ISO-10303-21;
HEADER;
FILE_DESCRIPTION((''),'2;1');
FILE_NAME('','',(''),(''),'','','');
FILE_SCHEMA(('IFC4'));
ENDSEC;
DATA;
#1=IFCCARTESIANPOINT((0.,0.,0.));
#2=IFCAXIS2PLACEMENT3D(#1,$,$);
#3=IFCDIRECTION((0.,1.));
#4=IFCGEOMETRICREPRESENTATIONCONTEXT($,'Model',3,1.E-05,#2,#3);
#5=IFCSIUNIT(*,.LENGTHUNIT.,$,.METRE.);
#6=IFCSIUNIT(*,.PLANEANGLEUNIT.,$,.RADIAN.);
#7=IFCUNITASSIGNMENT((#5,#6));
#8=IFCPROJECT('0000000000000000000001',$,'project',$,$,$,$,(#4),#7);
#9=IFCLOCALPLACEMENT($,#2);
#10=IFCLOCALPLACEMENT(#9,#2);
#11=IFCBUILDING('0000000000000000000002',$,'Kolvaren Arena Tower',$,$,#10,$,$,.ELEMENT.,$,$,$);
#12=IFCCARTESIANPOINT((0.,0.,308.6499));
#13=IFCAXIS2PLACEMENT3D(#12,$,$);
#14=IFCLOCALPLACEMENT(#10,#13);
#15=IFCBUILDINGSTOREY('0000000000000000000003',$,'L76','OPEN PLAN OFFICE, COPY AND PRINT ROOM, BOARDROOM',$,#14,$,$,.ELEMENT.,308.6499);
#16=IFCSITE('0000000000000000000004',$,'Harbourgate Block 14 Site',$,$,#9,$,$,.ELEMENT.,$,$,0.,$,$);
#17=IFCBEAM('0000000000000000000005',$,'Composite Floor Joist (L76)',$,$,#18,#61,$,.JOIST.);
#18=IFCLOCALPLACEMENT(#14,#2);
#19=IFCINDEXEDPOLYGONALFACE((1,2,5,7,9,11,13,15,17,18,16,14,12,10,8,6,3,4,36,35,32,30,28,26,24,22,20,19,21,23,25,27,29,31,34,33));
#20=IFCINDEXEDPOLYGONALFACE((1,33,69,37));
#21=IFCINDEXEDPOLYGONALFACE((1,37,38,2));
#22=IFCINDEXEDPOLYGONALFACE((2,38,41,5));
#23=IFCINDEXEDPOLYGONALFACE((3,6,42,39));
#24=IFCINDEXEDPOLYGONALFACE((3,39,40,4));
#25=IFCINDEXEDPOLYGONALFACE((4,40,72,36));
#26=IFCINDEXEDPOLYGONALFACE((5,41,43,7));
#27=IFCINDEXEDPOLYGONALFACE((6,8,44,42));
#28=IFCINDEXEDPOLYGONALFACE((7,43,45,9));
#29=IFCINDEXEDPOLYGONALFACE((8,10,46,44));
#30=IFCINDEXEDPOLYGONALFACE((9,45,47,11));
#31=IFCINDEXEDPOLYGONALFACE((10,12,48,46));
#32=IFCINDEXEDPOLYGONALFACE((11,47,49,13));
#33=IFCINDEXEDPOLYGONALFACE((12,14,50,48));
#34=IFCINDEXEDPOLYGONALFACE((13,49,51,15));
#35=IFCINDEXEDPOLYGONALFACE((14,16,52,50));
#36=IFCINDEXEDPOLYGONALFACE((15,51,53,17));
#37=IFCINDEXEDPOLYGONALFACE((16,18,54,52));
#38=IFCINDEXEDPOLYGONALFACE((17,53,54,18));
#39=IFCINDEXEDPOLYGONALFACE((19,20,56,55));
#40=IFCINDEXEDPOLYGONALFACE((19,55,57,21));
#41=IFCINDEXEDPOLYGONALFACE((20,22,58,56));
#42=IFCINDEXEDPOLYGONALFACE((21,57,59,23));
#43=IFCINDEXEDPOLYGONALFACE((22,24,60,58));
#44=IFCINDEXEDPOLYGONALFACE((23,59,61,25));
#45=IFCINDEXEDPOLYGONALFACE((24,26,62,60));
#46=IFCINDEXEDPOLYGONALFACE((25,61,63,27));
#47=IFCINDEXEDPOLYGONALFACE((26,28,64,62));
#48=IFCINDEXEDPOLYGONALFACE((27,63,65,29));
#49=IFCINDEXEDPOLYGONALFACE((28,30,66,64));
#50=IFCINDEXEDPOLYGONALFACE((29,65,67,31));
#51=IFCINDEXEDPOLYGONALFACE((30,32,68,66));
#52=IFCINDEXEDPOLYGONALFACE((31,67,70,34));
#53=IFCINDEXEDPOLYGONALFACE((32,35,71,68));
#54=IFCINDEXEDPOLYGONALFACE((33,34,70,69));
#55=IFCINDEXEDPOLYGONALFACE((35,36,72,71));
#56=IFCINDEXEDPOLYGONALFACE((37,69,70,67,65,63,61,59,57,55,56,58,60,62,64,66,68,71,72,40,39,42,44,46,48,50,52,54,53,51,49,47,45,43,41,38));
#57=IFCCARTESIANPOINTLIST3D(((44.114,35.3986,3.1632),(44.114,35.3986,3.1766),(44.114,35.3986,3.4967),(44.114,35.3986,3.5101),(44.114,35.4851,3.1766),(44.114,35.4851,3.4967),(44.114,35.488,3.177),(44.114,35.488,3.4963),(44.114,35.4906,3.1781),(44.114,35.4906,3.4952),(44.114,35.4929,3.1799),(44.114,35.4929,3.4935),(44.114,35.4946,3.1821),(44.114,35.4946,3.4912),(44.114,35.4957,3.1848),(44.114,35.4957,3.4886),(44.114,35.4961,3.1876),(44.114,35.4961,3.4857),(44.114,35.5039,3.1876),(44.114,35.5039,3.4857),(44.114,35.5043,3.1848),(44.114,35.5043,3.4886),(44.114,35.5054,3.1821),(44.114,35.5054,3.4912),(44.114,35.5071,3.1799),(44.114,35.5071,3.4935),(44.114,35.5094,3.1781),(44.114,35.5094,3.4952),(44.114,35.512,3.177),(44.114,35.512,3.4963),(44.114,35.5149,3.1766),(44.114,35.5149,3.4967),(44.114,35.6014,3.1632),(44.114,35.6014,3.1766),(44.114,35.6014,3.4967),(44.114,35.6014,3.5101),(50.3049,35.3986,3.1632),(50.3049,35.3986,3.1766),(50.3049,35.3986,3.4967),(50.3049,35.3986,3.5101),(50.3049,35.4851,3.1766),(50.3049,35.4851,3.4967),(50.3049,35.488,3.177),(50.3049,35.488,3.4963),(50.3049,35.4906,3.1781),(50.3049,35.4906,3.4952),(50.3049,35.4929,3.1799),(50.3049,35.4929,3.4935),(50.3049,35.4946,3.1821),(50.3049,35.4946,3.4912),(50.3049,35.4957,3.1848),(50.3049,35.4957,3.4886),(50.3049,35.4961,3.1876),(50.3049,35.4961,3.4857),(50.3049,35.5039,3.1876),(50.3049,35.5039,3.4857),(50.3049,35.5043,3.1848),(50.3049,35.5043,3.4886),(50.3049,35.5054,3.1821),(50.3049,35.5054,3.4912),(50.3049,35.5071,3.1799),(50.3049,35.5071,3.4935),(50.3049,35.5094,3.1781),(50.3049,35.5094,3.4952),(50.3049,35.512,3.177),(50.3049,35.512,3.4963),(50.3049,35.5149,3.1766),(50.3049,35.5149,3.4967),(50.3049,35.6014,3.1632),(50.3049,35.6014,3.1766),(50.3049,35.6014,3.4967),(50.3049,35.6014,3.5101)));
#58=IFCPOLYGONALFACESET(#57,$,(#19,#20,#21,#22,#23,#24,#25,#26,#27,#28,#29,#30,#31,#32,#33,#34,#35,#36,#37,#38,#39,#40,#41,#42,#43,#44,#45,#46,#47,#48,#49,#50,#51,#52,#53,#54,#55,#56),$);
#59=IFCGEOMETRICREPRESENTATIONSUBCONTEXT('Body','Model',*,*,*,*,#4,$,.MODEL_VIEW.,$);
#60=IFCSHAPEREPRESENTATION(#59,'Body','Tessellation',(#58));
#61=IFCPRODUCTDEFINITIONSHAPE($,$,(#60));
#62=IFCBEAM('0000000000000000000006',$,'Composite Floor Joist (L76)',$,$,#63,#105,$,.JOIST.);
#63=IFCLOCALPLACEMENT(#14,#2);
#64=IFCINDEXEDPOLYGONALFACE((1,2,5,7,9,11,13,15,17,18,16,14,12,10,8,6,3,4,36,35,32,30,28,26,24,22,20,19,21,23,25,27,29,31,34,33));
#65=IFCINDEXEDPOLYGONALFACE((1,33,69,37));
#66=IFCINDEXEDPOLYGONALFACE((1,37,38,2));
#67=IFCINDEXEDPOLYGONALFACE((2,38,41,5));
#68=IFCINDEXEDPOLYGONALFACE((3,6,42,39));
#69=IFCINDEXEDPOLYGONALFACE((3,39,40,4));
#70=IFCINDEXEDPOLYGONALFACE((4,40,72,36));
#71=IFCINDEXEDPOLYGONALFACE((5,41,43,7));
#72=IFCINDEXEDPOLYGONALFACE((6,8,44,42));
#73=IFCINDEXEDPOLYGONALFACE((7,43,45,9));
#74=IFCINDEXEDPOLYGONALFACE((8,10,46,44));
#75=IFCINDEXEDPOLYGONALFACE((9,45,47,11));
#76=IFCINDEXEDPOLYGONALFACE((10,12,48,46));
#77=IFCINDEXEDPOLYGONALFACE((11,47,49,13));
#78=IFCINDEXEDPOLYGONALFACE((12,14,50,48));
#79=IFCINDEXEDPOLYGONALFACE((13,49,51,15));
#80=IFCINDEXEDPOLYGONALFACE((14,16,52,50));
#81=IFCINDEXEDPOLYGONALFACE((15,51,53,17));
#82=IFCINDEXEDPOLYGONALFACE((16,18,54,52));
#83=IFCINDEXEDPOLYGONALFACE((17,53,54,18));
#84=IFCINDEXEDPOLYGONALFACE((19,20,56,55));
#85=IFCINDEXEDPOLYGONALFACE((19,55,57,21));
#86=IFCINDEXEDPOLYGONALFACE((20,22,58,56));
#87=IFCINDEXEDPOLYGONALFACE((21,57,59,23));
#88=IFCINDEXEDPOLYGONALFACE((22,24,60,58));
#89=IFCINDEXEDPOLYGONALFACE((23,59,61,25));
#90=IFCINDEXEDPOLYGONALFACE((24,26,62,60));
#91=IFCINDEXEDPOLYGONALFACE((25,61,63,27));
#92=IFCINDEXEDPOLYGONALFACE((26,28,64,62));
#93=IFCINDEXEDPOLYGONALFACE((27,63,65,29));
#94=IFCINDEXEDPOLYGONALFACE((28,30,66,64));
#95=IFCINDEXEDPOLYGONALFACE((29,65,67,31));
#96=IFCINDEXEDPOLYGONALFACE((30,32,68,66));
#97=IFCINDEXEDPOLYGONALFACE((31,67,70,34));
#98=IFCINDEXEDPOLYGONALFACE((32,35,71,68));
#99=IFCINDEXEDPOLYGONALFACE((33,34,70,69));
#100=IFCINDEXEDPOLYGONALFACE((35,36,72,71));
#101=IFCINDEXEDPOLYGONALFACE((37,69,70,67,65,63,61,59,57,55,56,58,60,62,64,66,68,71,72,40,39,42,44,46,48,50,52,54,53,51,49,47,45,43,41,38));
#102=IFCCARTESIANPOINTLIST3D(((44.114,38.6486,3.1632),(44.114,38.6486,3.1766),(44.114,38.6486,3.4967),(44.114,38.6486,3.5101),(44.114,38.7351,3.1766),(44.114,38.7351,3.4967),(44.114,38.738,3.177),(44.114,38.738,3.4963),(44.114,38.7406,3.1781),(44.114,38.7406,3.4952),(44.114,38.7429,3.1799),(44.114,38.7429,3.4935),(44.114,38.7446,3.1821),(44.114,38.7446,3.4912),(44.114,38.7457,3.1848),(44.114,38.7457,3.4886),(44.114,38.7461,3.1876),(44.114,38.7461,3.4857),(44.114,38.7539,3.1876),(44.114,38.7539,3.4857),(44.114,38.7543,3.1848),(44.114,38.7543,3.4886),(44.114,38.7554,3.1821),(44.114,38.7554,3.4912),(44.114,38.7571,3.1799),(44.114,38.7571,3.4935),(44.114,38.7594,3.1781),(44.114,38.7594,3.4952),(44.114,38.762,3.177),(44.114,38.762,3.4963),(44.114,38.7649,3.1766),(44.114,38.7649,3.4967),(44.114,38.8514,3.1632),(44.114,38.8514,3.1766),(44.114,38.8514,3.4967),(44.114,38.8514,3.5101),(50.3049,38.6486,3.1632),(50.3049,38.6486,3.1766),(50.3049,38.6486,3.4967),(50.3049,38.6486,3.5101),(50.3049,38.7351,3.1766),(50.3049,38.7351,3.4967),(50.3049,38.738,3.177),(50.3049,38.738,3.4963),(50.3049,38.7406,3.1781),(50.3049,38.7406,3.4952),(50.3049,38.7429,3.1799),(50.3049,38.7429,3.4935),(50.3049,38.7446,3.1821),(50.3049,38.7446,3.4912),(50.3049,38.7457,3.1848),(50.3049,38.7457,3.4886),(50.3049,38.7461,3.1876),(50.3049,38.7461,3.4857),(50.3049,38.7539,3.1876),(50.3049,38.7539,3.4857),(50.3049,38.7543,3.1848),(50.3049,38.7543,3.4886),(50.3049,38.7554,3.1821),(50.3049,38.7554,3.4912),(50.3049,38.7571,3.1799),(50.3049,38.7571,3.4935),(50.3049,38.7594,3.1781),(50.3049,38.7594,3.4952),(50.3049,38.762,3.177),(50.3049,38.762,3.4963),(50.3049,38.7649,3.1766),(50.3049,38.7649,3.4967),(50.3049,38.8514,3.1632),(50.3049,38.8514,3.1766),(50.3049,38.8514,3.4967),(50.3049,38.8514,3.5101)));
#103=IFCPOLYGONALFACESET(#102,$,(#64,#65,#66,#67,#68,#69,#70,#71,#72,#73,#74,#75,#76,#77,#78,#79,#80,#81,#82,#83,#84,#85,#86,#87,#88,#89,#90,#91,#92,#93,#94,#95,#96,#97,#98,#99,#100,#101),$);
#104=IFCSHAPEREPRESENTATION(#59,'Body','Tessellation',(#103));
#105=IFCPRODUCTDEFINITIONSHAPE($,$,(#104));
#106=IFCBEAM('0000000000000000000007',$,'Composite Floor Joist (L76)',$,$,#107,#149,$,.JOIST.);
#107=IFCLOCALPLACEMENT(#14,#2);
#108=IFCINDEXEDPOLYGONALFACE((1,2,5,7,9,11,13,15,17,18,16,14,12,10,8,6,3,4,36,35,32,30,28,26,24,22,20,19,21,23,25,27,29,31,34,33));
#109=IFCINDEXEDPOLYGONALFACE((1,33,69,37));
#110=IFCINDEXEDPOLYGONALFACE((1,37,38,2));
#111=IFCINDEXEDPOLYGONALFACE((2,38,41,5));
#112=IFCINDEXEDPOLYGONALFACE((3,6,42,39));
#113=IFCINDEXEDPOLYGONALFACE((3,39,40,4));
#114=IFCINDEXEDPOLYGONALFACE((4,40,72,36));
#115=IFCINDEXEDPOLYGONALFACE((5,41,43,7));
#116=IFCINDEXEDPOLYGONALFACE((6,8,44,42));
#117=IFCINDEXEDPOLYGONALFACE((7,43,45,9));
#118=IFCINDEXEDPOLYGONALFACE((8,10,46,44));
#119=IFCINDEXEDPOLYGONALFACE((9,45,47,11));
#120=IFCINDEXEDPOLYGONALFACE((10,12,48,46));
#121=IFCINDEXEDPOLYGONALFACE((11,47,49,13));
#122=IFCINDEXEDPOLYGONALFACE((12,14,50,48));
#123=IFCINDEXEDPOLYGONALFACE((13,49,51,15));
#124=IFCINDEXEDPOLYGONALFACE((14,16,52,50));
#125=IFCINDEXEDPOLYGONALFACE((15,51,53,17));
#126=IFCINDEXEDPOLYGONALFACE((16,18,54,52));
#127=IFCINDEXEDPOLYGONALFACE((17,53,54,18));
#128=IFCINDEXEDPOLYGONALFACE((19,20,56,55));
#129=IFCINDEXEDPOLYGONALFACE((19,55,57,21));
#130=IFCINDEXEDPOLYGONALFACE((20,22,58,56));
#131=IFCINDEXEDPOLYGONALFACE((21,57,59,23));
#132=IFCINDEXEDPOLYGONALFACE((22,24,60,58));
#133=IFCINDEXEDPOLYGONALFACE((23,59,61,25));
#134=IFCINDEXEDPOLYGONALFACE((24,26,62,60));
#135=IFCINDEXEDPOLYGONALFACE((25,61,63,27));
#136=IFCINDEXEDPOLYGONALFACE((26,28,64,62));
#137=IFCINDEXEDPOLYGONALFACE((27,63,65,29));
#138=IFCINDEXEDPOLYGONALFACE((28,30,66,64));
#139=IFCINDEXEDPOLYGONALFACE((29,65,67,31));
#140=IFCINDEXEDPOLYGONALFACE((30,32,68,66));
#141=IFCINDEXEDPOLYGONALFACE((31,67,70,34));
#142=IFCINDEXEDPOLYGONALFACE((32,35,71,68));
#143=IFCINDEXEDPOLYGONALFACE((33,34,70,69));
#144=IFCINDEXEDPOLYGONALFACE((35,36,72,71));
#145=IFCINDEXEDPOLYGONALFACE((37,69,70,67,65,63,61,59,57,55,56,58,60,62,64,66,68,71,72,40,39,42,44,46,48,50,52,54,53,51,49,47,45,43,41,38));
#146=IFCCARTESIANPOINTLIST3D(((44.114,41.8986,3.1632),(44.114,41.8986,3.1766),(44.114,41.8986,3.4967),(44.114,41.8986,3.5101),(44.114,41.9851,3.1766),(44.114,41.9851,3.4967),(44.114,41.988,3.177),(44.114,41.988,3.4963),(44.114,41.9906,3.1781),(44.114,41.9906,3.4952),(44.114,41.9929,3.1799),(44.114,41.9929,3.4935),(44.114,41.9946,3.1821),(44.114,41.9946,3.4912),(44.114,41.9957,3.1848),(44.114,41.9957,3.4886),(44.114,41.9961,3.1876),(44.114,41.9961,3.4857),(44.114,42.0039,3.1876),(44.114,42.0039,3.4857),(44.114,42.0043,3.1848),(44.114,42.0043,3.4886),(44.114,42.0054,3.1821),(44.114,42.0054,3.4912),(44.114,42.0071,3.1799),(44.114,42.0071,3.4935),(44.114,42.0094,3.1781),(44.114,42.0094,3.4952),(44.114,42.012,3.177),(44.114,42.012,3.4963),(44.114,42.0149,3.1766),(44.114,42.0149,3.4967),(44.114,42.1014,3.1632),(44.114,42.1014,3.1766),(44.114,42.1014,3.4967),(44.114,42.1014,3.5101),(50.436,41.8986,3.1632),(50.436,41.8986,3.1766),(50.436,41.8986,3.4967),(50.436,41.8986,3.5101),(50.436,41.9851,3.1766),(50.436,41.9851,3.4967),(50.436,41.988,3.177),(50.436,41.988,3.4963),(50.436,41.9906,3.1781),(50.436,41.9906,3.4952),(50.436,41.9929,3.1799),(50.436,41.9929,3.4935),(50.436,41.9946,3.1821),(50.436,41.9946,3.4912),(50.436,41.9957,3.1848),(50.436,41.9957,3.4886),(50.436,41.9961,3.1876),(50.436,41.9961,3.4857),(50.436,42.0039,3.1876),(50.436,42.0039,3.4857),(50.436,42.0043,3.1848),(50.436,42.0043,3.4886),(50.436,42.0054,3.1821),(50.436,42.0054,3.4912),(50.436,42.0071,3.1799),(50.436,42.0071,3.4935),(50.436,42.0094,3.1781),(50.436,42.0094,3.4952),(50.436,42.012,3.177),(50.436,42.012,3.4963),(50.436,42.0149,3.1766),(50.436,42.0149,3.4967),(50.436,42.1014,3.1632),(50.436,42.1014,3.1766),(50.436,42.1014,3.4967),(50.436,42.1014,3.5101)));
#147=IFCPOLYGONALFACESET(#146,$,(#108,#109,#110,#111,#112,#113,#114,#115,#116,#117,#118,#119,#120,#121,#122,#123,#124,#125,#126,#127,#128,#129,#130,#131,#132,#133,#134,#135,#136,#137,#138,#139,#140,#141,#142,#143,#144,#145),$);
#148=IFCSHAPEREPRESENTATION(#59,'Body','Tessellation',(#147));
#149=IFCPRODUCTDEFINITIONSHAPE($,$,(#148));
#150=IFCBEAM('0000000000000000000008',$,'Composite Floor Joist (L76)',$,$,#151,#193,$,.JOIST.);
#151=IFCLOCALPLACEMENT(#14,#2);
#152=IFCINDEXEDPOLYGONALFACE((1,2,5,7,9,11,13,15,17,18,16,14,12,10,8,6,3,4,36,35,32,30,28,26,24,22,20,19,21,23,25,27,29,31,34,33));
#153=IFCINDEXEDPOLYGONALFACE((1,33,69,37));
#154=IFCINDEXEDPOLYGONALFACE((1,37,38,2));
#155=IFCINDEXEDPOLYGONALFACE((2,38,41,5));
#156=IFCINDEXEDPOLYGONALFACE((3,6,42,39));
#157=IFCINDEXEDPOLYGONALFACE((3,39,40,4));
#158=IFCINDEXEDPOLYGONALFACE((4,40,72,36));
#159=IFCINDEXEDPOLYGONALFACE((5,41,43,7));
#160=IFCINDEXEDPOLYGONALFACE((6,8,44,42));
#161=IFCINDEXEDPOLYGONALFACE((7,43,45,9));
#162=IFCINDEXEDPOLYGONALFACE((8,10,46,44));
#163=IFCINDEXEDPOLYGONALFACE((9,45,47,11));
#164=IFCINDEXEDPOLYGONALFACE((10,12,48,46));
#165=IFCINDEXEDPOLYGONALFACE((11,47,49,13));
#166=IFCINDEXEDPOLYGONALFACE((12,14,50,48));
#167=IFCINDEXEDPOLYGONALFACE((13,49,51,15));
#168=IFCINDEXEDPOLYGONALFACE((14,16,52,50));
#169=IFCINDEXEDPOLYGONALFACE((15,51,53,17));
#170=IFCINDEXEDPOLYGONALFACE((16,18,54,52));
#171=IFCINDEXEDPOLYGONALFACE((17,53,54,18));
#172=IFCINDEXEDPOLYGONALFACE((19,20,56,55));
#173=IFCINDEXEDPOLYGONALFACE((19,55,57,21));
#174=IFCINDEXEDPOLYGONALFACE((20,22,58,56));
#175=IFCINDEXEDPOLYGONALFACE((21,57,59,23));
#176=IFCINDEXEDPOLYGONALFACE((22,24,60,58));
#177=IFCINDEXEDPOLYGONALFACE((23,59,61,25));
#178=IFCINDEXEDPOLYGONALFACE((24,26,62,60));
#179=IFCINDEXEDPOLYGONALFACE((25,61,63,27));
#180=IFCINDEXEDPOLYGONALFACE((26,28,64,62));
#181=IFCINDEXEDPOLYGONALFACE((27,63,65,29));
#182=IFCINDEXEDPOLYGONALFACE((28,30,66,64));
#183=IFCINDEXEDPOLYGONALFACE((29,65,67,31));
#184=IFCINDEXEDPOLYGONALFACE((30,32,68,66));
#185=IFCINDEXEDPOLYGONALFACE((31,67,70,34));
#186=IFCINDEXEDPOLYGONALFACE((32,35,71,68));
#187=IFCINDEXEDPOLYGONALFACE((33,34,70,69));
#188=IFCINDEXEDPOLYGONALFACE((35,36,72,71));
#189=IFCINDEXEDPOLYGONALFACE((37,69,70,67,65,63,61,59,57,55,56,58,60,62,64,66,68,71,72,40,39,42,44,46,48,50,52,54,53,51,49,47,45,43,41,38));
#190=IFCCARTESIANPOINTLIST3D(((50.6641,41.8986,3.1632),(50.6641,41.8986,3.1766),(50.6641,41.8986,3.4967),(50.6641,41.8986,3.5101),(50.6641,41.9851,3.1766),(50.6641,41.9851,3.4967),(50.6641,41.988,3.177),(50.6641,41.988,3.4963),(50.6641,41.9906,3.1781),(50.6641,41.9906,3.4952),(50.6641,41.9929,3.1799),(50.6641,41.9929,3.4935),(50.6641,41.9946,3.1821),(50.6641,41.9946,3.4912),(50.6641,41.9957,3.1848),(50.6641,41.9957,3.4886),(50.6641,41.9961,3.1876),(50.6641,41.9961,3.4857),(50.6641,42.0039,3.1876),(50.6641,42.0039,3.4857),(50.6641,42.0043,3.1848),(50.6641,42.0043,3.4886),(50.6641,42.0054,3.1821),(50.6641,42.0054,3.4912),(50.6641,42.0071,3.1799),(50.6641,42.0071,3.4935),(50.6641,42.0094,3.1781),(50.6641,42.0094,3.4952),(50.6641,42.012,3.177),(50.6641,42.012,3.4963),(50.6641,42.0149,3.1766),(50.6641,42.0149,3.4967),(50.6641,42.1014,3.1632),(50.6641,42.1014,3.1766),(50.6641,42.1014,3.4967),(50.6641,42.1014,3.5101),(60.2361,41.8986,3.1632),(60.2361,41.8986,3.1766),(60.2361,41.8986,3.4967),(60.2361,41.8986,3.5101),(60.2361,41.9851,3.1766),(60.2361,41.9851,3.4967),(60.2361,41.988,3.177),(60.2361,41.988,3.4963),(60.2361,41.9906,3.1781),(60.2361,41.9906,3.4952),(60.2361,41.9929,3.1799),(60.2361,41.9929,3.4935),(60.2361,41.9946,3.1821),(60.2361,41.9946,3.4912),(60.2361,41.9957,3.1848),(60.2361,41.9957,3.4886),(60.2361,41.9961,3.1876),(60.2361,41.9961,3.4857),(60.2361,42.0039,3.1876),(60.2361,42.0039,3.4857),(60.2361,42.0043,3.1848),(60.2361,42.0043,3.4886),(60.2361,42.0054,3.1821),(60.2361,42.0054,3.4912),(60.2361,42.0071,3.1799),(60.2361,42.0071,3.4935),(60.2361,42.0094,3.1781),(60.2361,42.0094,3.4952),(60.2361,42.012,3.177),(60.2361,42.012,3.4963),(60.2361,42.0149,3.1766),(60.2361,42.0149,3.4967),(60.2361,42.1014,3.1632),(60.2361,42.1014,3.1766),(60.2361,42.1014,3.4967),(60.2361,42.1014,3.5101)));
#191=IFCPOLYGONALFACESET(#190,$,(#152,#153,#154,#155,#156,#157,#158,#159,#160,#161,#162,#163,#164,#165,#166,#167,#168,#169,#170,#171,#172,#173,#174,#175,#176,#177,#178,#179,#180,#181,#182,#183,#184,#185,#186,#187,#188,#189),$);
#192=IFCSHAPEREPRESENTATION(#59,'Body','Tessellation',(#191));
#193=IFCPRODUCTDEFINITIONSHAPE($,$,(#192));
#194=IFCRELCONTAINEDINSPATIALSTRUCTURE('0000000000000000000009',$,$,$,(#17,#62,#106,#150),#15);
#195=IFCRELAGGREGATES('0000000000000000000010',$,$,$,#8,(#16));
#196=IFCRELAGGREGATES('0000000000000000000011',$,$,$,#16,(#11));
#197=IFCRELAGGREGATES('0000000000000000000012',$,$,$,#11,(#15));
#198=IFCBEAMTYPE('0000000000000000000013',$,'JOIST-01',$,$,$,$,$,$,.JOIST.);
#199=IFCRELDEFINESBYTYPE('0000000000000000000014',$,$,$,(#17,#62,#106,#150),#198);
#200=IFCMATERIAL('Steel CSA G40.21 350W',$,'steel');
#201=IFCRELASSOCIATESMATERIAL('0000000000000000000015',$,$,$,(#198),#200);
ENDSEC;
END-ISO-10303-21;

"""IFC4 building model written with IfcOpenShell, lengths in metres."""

from ifc_helpers import new_model, si_unit, direction, frame, origin, origin_2d, place, context, subcontext, project, spatial, i_section, extrude, material, material_profile, profile_set, type_object, element, save


model = new_model("IFC4")

# Units and contexts
model_context = context("Model", 3, precision=1e-05, world=origin(), true_north=direction((0.0, 1.0)))
body_context = subcontext(model_context, "Body", "Model", "MODEL_VIEW")
ifc_project = project(units=[si_unit("LENGTHUNIT", "METRE"), si_unit("PLANEANGLEUNIT", "RADIAN")], contexts=[model_context])

# Site, building, storey
site_placement = place(None, origin())
site = spatial("IfcSite", under=ifc_project, at=site_placement, Name="Harbourgate Block 14 Site", CompositionType="ELEMENT", RefElevation=0.0)
building_placement = place(site_placement, origin())
building = spatial("IfcBuilding", under=site, at=building_placement, Name="Kolvaren Arena Tower", CompositionType="ELEMENT")
storey_placement = place(building_placement, frame((0.0, 0.0, 308.6499)))
storey = spatial("IfcBuildingStorey", under=building, at=storey_placement, Name="L76", Description="OPEN PLAN OFFICE, COPY AND PRINT ROOM, BOARDROOM", CompositionType="ELEMENT", Elevation=308.6499)

# Beams
ifc_material_1 = material(Name="Steel CSA G40.21 350W", Category="steel")
ifc_material_profile_1 = material_profile(ifc_material_1, i_section(OverallWidth=0.2029, OverallDepth=0.3469, WebThickness=0.0078, FlangeThickness=0.0134, FilletRadius=0.011, at=origin_2d()), Name="W360x64")
ifc_profile_set_1 = profile_set([ifc_material_profile_1], Name="Steel CSA G40.21 350W")
beam_type_1 = type_object("IfcBeamType", Name="JOIST-01", PredefinedType="JOIST", material=ifc_profile_set_1)
for number, where, z_axis, x_axis, name in (
    (1, (44.114, 35.5, 3.3367), (1.0, 0.0, 0.0), (0.0, 1.0, 0.0), "Composite Floor Joist (L76)"),
    (2, (44.114, 38.75, 3.3367), (1.0, 0.0, 0.0), (0.0, 1.0, 0.0), "Composite Floor Joist (L76)"),
):
    element("IfcBeam", number, at=place(storey_placement, frame(where, z_axis=z_axis, x_axis=x_axis)), inside=storey, type_object=beam_type_1, Name=name, PredefinedType="JOIST", context=body_context, shape_type="SweptSolid", body=[
        extrude(i_section(OverallWidth=0.2029, OverallDepth=0.3469, WebThickness=0.0078, FlangeThickness=0.0134, FilletRadius=0.011, at=origin_2d()), origin(), (0.0, 0.0, 1.0), 6.1909),
    ])
beam_1_placement = place(storey_placement, frame((44.114, 42.0, 3.3367), z_axis=(1.0, 0.0, 0.0), x_axis=(0.0, 1.0, 0.0)))
element("IfcBeam", 3, at=beam_1_placement, inside=storey, type_object=beam_type_1, Name="Composite Floor Joist (L76)", PredefinedType="JOIST", context=body_context, shape_type="SweptSolid", body=[
    extrude(i_section(OverallWidth=0.2029, OverallDepth=0.3469, WebThickness=0.0078, FlangeThickness=0.0134, FilletRadius=0.011, at=origin_2d()), origin(), (0.0, 0.0, 1.0), 6.322),
])
beam_2_placement = place(storey_placement, frame((50.6641, 42.0, 3.3367), z_axis=(1.0, 0.0, 0.0), x_axis=(0.0, 1.0, 0.0)))
element("IfcBeam", 4, at=beam_2_placement, inside=storey, type_object=beam_type_1, Name="Composite Floor Joist (L76)", PredefinedType="JOIST", context=body_context, shape_type="SweptSolid", body=[
    extrude(i_section(OverallWidth=0.2029, OverallDepth=0.3469, WebThickness=0.0078, FlangeThickness=0.0134, FilletRadius=0.011, at=origin_2d()), origin(), (0.0, 0.0, 1.0), 9.572),
])

save(model, "model.ifc")
